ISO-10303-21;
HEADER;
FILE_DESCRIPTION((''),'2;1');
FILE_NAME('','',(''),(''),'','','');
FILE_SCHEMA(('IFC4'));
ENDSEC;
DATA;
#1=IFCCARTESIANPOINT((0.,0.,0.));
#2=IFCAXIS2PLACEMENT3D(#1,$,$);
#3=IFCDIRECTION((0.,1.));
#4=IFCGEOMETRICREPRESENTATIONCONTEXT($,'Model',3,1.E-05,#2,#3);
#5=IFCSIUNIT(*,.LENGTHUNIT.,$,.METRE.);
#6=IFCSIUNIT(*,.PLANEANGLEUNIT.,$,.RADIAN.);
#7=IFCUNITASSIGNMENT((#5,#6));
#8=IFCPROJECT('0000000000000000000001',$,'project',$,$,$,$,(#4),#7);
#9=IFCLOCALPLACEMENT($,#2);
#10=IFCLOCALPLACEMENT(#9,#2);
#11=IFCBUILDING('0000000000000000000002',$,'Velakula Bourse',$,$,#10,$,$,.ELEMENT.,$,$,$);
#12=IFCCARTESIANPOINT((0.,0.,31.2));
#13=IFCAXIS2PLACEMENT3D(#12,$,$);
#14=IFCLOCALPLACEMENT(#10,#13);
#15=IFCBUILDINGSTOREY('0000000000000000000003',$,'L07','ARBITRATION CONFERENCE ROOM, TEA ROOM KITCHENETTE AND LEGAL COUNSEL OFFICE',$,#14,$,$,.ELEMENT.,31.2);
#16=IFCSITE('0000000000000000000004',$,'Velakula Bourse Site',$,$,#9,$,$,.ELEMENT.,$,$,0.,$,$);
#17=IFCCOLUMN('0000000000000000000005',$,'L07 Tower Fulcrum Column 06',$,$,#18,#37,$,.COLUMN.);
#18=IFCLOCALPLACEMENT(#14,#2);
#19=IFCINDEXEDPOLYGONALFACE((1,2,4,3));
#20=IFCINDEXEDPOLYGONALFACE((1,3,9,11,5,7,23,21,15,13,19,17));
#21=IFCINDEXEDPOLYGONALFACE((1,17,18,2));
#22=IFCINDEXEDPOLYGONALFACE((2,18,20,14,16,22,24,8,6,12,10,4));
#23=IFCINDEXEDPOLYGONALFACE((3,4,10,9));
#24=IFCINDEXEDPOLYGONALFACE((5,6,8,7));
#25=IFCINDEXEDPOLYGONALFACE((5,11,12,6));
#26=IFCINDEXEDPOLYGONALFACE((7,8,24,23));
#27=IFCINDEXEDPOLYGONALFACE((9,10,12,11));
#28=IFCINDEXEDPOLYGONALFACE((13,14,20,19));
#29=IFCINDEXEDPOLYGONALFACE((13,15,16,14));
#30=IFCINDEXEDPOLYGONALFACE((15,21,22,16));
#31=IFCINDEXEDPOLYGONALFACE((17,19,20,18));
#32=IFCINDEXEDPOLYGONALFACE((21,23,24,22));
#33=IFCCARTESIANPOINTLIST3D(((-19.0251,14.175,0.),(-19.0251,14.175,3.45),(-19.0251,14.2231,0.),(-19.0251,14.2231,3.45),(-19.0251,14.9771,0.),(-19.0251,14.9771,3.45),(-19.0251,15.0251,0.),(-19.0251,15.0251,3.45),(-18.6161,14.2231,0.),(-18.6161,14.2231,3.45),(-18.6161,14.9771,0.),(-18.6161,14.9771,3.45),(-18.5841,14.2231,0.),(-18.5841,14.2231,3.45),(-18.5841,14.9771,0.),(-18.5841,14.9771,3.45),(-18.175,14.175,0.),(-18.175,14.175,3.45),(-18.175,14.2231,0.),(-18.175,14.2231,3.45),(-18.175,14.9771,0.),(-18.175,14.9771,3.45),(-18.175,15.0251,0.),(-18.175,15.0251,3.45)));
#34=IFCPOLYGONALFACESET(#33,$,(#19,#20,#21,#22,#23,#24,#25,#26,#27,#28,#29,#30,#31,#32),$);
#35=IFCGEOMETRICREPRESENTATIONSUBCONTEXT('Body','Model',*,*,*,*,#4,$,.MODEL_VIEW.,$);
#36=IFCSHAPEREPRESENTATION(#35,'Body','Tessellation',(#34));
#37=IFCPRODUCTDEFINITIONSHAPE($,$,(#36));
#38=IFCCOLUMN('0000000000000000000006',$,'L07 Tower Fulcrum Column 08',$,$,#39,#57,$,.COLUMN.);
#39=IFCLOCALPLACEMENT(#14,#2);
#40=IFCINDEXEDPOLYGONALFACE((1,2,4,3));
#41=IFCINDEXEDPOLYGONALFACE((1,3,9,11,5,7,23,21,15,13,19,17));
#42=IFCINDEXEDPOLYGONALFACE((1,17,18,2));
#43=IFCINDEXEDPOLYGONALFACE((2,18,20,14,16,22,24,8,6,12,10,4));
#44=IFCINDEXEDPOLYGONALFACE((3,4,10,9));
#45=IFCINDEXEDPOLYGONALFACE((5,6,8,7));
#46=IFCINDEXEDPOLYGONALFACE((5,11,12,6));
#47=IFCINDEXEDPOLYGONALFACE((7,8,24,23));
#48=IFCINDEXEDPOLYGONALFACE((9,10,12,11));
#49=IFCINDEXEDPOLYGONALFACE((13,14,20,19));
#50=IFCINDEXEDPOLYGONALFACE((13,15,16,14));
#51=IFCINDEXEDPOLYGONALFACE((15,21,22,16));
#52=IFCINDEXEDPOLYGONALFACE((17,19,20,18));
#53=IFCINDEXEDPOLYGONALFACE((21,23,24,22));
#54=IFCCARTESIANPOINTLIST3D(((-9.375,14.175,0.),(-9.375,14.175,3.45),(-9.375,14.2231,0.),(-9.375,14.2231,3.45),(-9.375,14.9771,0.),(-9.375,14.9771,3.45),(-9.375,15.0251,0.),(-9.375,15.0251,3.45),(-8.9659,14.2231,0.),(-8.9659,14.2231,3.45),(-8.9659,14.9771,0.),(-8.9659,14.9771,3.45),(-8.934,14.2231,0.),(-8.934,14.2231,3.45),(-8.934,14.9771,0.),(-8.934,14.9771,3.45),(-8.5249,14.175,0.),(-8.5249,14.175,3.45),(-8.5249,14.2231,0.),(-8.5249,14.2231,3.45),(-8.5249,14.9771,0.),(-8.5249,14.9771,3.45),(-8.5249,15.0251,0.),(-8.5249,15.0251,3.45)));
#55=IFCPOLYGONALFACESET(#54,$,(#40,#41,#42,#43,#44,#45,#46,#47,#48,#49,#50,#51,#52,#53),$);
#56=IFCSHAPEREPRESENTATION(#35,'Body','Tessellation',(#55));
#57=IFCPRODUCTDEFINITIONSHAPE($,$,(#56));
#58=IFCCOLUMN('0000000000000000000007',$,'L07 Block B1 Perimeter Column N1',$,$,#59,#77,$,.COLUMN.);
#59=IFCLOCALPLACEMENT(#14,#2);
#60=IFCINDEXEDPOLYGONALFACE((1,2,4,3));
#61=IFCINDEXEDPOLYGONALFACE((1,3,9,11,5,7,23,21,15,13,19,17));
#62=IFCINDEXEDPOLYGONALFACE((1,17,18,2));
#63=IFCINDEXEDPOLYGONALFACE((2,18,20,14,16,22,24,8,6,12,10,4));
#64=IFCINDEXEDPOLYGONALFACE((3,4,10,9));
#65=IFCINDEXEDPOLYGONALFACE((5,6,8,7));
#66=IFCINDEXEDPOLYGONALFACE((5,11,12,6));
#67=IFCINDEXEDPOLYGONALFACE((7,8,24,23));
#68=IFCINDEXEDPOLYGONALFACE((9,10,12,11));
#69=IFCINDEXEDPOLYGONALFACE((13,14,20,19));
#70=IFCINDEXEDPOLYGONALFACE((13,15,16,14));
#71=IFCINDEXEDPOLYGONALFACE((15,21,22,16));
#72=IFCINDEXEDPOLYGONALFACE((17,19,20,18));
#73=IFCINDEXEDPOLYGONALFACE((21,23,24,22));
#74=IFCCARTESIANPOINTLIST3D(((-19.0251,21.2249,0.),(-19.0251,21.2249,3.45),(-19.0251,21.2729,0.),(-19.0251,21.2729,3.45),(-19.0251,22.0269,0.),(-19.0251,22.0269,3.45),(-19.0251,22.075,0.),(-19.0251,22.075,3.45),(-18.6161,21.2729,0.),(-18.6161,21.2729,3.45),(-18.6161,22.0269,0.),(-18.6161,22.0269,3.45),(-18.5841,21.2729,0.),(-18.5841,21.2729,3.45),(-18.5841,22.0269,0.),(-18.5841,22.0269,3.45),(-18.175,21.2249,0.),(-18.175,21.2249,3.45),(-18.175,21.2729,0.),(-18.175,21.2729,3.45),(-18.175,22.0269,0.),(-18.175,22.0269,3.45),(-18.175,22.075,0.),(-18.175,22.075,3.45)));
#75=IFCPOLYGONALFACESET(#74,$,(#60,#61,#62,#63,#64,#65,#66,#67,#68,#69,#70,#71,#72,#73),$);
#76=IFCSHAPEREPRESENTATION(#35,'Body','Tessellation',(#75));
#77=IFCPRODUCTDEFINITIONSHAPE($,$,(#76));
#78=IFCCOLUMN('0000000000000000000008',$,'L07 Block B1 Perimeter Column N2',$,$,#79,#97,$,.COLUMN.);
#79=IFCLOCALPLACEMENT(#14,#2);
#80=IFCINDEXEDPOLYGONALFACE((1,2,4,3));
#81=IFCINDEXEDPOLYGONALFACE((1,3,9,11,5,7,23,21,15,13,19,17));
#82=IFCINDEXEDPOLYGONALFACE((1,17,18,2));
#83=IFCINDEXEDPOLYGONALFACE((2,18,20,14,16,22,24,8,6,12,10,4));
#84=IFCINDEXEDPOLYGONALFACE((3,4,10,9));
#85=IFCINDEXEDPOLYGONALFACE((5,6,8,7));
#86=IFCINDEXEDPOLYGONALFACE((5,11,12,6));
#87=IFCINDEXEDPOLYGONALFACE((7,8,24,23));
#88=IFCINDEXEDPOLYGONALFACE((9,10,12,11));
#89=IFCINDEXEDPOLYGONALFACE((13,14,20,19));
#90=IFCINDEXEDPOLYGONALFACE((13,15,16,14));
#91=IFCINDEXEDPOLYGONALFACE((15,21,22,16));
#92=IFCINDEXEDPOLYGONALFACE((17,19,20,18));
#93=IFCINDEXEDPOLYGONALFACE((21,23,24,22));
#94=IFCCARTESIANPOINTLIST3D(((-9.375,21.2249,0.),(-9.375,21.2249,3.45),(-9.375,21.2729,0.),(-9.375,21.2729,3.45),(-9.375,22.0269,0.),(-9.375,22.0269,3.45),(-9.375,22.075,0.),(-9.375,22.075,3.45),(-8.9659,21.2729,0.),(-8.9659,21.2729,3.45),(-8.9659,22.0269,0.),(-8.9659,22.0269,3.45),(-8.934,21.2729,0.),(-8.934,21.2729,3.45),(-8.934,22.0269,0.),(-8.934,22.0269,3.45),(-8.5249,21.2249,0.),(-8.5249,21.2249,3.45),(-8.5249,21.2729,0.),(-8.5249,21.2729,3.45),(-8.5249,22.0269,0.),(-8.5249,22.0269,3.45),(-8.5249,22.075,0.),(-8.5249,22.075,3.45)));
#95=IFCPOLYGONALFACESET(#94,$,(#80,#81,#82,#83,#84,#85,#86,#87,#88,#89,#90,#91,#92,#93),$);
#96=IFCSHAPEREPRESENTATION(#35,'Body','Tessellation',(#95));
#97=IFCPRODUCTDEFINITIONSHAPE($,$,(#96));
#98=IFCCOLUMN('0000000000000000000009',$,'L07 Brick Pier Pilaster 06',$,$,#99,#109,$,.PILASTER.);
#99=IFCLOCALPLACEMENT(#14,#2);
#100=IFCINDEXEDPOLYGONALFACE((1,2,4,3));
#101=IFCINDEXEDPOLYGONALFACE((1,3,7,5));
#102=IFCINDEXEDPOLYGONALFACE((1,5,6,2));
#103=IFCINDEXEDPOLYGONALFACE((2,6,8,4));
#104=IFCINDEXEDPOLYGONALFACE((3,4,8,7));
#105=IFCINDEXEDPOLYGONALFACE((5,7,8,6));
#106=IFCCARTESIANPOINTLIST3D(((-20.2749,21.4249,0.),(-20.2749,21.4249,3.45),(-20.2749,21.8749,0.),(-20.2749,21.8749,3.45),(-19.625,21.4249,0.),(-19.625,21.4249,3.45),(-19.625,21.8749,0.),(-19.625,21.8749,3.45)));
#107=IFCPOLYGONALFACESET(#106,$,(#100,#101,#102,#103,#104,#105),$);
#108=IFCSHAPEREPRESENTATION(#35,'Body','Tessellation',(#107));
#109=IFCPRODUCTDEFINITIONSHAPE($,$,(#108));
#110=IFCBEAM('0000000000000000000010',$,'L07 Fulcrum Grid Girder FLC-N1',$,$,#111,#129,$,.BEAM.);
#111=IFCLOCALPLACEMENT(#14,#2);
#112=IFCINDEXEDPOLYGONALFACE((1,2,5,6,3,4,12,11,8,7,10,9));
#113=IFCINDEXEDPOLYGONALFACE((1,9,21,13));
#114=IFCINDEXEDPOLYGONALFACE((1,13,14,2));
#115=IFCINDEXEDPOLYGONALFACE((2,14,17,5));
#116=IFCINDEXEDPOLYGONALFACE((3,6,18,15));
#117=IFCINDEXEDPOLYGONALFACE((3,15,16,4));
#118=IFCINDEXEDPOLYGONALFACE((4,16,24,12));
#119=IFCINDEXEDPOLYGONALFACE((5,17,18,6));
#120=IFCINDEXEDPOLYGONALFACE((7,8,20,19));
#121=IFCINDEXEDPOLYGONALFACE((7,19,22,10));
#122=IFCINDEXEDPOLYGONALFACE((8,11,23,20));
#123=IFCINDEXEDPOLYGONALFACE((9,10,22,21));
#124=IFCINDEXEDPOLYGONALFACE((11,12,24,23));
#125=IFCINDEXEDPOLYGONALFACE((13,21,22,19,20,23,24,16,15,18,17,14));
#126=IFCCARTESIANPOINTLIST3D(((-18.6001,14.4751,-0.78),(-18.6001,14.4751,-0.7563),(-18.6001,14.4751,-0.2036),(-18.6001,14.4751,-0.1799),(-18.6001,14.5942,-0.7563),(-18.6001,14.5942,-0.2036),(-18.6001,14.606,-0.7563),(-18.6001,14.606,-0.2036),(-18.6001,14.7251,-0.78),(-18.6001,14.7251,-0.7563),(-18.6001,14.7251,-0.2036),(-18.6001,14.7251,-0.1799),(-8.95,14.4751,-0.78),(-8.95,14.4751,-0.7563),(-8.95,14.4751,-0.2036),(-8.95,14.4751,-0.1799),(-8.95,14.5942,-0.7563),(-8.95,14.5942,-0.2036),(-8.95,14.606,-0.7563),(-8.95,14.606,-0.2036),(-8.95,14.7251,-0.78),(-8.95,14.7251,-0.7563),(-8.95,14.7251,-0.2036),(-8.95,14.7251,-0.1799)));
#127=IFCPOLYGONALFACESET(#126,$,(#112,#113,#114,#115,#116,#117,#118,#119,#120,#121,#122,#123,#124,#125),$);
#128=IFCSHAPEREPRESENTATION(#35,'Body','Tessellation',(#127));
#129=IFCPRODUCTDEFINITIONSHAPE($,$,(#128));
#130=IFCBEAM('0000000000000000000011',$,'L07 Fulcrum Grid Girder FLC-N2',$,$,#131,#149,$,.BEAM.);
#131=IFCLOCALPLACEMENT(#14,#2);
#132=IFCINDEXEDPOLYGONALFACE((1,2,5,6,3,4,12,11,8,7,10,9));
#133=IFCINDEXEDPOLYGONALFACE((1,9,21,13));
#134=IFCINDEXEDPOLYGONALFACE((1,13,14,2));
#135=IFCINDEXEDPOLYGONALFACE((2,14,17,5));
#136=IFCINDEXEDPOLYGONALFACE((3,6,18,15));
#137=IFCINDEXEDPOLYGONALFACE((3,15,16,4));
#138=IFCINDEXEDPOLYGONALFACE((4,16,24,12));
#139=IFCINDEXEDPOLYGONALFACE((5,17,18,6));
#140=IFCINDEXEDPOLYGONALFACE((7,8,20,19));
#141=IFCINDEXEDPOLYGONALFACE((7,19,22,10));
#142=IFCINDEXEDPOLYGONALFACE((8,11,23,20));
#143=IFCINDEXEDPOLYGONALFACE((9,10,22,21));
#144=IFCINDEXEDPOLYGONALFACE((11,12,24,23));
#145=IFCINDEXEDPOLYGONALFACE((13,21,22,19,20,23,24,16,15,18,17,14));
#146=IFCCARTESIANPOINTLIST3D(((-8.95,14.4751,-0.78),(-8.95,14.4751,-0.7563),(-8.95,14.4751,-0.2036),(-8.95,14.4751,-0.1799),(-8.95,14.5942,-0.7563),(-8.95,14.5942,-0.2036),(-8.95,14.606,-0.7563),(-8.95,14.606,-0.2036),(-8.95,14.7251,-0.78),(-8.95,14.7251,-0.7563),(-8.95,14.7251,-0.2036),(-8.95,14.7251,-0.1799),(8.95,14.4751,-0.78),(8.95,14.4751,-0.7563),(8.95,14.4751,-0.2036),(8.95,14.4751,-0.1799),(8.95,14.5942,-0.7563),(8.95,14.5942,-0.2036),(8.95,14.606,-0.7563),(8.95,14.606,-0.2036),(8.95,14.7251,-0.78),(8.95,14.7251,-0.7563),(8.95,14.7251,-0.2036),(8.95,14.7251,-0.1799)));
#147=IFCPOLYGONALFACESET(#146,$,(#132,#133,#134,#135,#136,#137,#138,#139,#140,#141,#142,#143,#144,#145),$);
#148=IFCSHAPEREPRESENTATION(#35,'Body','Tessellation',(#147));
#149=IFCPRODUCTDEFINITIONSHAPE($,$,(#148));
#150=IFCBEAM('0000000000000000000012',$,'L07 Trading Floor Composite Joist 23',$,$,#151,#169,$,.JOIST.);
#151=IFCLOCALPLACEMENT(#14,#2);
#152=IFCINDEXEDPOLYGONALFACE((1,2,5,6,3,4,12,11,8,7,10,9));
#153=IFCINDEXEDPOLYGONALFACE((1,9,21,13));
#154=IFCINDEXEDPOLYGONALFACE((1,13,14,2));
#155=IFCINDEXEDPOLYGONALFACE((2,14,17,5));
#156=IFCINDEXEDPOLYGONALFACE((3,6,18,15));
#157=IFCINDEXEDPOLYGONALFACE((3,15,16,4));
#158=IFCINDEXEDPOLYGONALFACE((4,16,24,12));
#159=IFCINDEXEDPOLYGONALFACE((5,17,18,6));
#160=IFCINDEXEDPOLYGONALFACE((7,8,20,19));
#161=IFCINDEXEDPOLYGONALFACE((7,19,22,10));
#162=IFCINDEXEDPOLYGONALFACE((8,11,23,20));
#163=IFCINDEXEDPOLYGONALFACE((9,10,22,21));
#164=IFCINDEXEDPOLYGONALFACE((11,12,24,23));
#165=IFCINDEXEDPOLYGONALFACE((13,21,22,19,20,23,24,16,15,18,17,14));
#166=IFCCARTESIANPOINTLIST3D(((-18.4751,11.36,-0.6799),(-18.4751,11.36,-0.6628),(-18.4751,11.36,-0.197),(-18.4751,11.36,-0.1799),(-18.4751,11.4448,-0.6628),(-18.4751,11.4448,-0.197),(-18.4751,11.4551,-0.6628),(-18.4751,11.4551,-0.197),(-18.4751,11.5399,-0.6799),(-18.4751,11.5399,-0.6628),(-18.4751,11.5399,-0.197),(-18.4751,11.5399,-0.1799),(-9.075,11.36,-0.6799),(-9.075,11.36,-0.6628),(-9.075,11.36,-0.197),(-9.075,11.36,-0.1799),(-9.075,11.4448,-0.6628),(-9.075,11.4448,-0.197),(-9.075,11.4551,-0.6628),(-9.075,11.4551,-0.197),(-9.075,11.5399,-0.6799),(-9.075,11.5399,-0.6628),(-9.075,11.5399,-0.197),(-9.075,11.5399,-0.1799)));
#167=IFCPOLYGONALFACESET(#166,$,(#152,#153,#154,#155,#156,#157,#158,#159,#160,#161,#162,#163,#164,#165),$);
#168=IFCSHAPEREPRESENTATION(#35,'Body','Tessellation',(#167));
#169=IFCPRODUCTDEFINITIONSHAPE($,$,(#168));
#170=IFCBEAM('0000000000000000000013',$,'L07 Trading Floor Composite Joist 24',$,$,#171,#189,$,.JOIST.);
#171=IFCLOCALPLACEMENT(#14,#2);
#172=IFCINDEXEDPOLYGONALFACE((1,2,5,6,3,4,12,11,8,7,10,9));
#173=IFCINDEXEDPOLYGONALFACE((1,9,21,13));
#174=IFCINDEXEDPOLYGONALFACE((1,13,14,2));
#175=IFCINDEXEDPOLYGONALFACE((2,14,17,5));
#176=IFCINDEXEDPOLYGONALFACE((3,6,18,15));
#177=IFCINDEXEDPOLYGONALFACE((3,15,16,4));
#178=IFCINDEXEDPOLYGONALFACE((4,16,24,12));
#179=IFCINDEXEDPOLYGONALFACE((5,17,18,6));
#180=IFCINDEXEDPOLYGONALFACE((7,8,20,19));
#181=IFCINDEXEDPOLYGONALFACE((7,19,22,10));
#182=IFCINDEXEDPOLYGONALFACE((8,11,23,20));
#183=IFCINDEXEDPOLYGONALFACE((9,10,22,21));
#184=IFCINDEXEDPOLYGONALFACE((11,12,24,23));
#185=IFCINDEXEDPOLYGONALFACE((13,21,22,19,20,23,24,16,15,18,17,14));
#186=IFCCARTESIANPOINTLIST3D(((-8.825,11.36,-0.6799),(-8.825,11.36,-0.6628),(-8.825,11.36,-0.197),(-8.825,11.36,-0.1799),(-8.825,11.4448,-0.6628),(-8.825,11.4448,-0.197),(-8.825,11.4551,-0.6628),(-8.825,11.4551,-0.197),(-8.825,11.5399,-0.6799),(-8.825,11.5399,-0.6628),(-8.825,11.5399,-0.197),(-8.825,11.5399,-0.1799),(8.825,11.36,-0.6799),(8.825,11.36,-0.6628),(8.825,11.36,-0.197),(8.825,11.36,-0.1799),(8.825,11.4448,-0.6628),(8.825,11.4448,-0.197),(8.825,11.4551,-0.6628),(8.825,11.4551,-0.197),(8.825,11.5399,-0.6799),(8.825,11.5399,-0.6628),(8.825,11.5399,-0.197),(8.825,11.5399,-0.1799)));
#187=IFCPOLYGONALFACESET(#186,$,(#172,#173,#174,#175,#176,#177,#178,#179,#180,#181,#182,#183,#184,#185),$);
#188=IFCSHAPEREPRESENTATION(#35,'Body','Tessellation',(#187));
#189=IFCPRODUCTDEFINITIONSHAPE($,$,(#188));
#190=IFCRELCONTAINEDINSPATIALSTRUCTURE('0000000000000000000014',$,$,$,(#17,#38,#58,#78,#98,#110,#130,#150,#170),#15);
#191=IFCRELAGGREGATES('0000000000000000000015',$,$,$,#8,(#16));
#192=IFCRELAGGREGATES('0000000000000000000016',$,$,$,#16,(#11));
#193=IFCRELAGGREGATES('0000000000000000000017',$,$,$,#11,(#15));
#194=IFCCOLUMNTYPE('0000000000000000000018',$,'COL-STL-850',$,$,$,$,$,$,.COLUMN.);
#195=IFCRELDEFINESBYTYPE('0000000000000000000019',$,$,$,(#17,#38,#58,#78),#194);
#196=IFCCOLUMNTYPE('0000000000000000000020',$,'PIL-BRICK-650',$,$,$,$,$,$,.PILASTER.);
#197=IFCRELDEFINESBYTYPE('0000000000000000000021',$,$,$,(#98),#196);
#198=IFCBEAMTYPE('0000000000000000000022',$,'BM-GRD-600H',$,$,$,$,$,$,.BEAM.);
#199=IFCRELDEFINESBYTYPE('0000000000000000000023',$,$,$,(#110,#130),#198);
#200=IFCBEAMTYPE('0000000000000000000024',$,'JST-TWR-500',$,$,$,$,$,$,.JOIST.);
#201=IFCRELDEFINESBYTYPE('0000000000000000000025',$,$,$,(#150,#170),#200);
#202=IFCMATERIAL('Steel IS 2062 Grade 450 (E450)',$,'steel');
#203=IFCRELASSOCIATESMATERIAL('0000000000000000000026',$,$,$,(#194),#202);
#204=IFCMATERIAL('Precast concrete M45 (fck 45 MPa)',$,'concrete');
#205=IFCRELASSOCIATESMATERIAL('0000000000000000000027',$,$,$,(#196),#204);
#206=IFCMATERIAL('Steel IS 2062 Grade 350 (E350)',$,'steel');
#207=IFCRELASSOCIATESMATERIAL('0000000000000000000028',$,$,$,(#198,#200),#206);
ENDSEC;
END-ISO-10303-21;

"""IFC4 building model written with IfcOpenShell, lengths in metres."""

from ifc_helpers import new_model, si_unit, direction, frame, origin, origin_2d, place, context, subcontext, project, spatial, rectangle, i_section, extrude, material, material_profile, profile_set, type_object, element, save


model = new_model("IFC4")

# Units and contexts
model_context = context("Model", 3, precision=1e-05, world=origin(), true_north=direction((0.0, 1.0)))
body_context = subcontext(model_context, "Body", "Model", "MODEL_VIEW")
ifc_project = project(units=[si_unit("LENGTHUNIT", "METRE"), si_unit("PLANEANGLEUNIT", "RADIAN")], contexts=[model_context])

# Site, building, storey
site_placement = place(None, origin())
site = spatial("IfcSite", under=ifc_project, at=site_placement, Name="Velakula Bourse Site", CompositionType="ELEMENT", RefElevation=0.0)
building_placement = place(site_placement, origin())
building = spatial("IfcBuilding", under=site, at=building_placement, Name="Velakula Bourse", CompositionType="ELEMENT")
storey_placement = place(building_placement, frame((0.0, 0.0, 31.2)))
storey = spatial("IfcBuildingStorey", under=building, at=storey_placement, Name="L07", Description="ARBITRATION CONFERENCE ROOM, TEA ROOM KITCHENETTE AND LEGAL COUNSEL OFFICE", CompositionType="ELEMENT", Elevation=31.2)

# Columns
ifc_material_1 = material(Name="Steel IS 2062 Grade 450 (E450)", Category="steel")
ifc_material_profile_1 = material_profile(ifc_material_1, i_section(OverallWidth=0.8501, OverallDepth=0.8501, WebThickness=0.032, FlangeThickness=0.0481, at=origin_2d()), Name="Steel IS 2062 Grade 450 (E450)")
ifc_profile_set_1 = profile_set([ifc_material_profile_1], Name="Steel IS 2062 Grade 450 (E450)")
column_type_1 = type_object("IfcColumnType", Name="COL-STL-850", PredefinedType="COLUMN", material=ifc_profile_set_1)
for number, where, z_axis, x_axis, name in (
    (1, (-18.6001, 14.6001, 0.0), (0.0, 0.0, 1.0), (1.0, 0.0, 0.0), "L07 Tower Fulcrum Column 06"),
    (2, (-8.95, 14.6001, 0.0), (0.0, 0.0, 1.0), (1.0, 0.0, 0.0), "L07 Tower Fulcrum Column 08"),
    (3, (-18.6001, 21.6499, 0.0), (0.0, 0.0, 1.0), (1.0, 0.0, 0.0), "L07 Block B1 Perimeter Column N1"),
    (4, (-8.95, 21.6499, 0.0), (0.0, 0.0, 1.0), (1.0, 0.0, 0.0), "L07 Block B1 Perimeter Column N2"),
):
    element("IfcColumn", number, at=place(storey_placement, frame(where, z_axis=z_axis, x_axis=x_axis)), inside=storey, type_object=column_type_1, Name=name, PredefinedType="COLUMN", context=body_context, shape_type="SweptSolid", body=[
        extrude(i_section(OverallWidth=0.8501, OverallDepth=0.8501, WebThickness=0.032, FlangeThickness=0.0481, at=origin_2d()), origin(), (0.0, 0.0, 1.0), 3.45),
    ])
ifc_material_2 = material(Name="Precast concrete M45 (fck 45 MPa)", Category="concrete")
ifc_material_profile_2 = material_profile(ifc_material_2, rectangle(XDim=0.6499, YDim=0.45, at=origin_2d()), Name="Precast concrete M45 (fck 45 MPa)")
ifc_profile_set_2 = profile_set([ifc_material_profile_2], Name="Precast concrete M45 (fck 45 MPa)")
column_type_2 = type_object("IfcColumnType", Name="PIL-BRICK-650", PredefinedType="PILASTER", material=ifc_profile_set_2)
column_placement = place(storey_placement, frame((-19.95, 21.6499, 0.0), z_axis=(0.0, 0.0, 1.0), x_axis=(1.0, 0.0, 0.0)))
element("IfcColumn", 5, at=column_placement, inside=storey, type_object=column_type_2, Name="L07 Brick Pier Pilaster 06", PredefinedType="PILASTER", context=body_context, shape_type="SweptSolid", body=[
    extrude(rectangle(XDim=0.6499, YDim=0.45, at=origin_2d()), origin(), (0.0, 0.0, 1.0), 3.45),
])

# Beams
ifc_material_3 = material(Name="Steel IS 2062 Grade 350 (E350)", Category="steel")
ifc_material_profile_3 = material_profile(ifc_material_3, i_section(OverallWidth=0.25, OverallDepth=0.6001, WebThickness=0.0117, FlangeThickness=0.0237, at=origin_2d()), Name="Steel IS 2062 Grade 350 (E350)")
ifc_profile_set_3 = profile_set([ifc_material_profile_3], Name="Steel IS 2062 Grade 350 (E350)")
beam_type_1 = type_object("IfcBeamType", Name="BM-GRD-600H", PredefinedType="BEAM", material=ifc_profile_set_3)
beam_1_placement = place(storey_placement, frame((-18.6001, 14.6001, -0.48), z_axis=(1.0, 0.0, 0.0), x_axis=(0.0, 1.0, 0.0)))
element("IfcBeam", 6, at=beam_1_placement, inside=storey, type_object=beam_type_1, Name="L07 Fulcrum Grid Girder FLC-N1", PredefinedType="BEAM", context=body_context, shape_type="SweptSolid", body=[
    extrude(i_section(OverallWidth=0.25, OverallDepth=0.6001, WebThickness=0.0117, FlangeThickness=0.0237, at=origin_2d()), origin(), (0.0, 0.0, 1.0), 9.6501),
])
beam_2_placement = place(storey_placement, frame((-8.95, 14.6001, -0.48), z_axis=(1.0, 0.0, 0.0), x_axis=(0.0, 1.0, 0.0)))
element("IfcBeam", 7, at=beam_2_placement, inside=storey, type_object=beam_type_1, Name="L07 Fulcrum Grid Girder FLC-N2", PredefinedType="BEAM", context=body_context, shape_type="SweptSolid", body=[
    extrude(i_section(OverallWidth=0.25, OverallDepth=0.6001, WebThickness=0.0117, FlangeThickness=0.0237, at=origin_2d()), origin(), (0.0, 0.0, 1.0), 17.8999),
])
ifc_material_profile_4 = material_profile(ifc_material_3, i_section(OverallWidth=0.1799, OverallDepth=0.5, WebThickness=0.0103, FlangeThickness=0.0171, at=origin_2d()), Name="Steel IS 2062 Grade 350 (E350)")
ifc_profile_set_4 = profile_set([ifc_material_profile_4], Name="Steel IS 2062 Grade 350 (E350)")
beam_type_2 = type_object("IfcBeamType", Name="JST-TWR-500", PredefinedType="JOIST", material=ifc_profile_set_4)
beam_3_placement = place(storey_placement, frame((-18.4751, 11.45, -0.4299), z_axis=(1.0, 0.0, 0.0), x_axis=(0.0, 1.0, 0.0)))
element("IfcBeam", 8, at=beam_3_placement, inside=storey, type_object=beam_type_2, Name="L07 Trading Floor Composite Joist 23", PredefinedType="JOIST", context=body_context, shape_type="SweptSolid", body=[
    extrude(i_section(OverallWidth=0.1799, OverallDepth=0.5, WebThickness=0.0103, FlangeThickness=0.0171, at=origin_2d()), origin(), (0.0, 0.0, 1.0), 9.4001),
])
beam_4_placement = place(storey_placement, frame((-8.825, 11.45, -0.4299), z_axis=(1.0, 0.0, 0.0), x_axis=(0.0, 1.0, 0.0)))
element("IfcBeam", 9, at=beam_4_placement, inside=storey, type_object=beam_type_2, Name="L07 Trading Floor Composite Joist 24", PredefinedType="JOIST", context=body_context, shape_type="SweptSolid", body=[
    extrude(i_section(OverallWidth=0.1799, OverallDepth=0.5, WebThickness=0.0103, FlangeThickness=0.0171, at=origin_2d()), origin(), (0.0, 0.0, 1.0), 17.6499),
])

save(model, "model.ifc")
